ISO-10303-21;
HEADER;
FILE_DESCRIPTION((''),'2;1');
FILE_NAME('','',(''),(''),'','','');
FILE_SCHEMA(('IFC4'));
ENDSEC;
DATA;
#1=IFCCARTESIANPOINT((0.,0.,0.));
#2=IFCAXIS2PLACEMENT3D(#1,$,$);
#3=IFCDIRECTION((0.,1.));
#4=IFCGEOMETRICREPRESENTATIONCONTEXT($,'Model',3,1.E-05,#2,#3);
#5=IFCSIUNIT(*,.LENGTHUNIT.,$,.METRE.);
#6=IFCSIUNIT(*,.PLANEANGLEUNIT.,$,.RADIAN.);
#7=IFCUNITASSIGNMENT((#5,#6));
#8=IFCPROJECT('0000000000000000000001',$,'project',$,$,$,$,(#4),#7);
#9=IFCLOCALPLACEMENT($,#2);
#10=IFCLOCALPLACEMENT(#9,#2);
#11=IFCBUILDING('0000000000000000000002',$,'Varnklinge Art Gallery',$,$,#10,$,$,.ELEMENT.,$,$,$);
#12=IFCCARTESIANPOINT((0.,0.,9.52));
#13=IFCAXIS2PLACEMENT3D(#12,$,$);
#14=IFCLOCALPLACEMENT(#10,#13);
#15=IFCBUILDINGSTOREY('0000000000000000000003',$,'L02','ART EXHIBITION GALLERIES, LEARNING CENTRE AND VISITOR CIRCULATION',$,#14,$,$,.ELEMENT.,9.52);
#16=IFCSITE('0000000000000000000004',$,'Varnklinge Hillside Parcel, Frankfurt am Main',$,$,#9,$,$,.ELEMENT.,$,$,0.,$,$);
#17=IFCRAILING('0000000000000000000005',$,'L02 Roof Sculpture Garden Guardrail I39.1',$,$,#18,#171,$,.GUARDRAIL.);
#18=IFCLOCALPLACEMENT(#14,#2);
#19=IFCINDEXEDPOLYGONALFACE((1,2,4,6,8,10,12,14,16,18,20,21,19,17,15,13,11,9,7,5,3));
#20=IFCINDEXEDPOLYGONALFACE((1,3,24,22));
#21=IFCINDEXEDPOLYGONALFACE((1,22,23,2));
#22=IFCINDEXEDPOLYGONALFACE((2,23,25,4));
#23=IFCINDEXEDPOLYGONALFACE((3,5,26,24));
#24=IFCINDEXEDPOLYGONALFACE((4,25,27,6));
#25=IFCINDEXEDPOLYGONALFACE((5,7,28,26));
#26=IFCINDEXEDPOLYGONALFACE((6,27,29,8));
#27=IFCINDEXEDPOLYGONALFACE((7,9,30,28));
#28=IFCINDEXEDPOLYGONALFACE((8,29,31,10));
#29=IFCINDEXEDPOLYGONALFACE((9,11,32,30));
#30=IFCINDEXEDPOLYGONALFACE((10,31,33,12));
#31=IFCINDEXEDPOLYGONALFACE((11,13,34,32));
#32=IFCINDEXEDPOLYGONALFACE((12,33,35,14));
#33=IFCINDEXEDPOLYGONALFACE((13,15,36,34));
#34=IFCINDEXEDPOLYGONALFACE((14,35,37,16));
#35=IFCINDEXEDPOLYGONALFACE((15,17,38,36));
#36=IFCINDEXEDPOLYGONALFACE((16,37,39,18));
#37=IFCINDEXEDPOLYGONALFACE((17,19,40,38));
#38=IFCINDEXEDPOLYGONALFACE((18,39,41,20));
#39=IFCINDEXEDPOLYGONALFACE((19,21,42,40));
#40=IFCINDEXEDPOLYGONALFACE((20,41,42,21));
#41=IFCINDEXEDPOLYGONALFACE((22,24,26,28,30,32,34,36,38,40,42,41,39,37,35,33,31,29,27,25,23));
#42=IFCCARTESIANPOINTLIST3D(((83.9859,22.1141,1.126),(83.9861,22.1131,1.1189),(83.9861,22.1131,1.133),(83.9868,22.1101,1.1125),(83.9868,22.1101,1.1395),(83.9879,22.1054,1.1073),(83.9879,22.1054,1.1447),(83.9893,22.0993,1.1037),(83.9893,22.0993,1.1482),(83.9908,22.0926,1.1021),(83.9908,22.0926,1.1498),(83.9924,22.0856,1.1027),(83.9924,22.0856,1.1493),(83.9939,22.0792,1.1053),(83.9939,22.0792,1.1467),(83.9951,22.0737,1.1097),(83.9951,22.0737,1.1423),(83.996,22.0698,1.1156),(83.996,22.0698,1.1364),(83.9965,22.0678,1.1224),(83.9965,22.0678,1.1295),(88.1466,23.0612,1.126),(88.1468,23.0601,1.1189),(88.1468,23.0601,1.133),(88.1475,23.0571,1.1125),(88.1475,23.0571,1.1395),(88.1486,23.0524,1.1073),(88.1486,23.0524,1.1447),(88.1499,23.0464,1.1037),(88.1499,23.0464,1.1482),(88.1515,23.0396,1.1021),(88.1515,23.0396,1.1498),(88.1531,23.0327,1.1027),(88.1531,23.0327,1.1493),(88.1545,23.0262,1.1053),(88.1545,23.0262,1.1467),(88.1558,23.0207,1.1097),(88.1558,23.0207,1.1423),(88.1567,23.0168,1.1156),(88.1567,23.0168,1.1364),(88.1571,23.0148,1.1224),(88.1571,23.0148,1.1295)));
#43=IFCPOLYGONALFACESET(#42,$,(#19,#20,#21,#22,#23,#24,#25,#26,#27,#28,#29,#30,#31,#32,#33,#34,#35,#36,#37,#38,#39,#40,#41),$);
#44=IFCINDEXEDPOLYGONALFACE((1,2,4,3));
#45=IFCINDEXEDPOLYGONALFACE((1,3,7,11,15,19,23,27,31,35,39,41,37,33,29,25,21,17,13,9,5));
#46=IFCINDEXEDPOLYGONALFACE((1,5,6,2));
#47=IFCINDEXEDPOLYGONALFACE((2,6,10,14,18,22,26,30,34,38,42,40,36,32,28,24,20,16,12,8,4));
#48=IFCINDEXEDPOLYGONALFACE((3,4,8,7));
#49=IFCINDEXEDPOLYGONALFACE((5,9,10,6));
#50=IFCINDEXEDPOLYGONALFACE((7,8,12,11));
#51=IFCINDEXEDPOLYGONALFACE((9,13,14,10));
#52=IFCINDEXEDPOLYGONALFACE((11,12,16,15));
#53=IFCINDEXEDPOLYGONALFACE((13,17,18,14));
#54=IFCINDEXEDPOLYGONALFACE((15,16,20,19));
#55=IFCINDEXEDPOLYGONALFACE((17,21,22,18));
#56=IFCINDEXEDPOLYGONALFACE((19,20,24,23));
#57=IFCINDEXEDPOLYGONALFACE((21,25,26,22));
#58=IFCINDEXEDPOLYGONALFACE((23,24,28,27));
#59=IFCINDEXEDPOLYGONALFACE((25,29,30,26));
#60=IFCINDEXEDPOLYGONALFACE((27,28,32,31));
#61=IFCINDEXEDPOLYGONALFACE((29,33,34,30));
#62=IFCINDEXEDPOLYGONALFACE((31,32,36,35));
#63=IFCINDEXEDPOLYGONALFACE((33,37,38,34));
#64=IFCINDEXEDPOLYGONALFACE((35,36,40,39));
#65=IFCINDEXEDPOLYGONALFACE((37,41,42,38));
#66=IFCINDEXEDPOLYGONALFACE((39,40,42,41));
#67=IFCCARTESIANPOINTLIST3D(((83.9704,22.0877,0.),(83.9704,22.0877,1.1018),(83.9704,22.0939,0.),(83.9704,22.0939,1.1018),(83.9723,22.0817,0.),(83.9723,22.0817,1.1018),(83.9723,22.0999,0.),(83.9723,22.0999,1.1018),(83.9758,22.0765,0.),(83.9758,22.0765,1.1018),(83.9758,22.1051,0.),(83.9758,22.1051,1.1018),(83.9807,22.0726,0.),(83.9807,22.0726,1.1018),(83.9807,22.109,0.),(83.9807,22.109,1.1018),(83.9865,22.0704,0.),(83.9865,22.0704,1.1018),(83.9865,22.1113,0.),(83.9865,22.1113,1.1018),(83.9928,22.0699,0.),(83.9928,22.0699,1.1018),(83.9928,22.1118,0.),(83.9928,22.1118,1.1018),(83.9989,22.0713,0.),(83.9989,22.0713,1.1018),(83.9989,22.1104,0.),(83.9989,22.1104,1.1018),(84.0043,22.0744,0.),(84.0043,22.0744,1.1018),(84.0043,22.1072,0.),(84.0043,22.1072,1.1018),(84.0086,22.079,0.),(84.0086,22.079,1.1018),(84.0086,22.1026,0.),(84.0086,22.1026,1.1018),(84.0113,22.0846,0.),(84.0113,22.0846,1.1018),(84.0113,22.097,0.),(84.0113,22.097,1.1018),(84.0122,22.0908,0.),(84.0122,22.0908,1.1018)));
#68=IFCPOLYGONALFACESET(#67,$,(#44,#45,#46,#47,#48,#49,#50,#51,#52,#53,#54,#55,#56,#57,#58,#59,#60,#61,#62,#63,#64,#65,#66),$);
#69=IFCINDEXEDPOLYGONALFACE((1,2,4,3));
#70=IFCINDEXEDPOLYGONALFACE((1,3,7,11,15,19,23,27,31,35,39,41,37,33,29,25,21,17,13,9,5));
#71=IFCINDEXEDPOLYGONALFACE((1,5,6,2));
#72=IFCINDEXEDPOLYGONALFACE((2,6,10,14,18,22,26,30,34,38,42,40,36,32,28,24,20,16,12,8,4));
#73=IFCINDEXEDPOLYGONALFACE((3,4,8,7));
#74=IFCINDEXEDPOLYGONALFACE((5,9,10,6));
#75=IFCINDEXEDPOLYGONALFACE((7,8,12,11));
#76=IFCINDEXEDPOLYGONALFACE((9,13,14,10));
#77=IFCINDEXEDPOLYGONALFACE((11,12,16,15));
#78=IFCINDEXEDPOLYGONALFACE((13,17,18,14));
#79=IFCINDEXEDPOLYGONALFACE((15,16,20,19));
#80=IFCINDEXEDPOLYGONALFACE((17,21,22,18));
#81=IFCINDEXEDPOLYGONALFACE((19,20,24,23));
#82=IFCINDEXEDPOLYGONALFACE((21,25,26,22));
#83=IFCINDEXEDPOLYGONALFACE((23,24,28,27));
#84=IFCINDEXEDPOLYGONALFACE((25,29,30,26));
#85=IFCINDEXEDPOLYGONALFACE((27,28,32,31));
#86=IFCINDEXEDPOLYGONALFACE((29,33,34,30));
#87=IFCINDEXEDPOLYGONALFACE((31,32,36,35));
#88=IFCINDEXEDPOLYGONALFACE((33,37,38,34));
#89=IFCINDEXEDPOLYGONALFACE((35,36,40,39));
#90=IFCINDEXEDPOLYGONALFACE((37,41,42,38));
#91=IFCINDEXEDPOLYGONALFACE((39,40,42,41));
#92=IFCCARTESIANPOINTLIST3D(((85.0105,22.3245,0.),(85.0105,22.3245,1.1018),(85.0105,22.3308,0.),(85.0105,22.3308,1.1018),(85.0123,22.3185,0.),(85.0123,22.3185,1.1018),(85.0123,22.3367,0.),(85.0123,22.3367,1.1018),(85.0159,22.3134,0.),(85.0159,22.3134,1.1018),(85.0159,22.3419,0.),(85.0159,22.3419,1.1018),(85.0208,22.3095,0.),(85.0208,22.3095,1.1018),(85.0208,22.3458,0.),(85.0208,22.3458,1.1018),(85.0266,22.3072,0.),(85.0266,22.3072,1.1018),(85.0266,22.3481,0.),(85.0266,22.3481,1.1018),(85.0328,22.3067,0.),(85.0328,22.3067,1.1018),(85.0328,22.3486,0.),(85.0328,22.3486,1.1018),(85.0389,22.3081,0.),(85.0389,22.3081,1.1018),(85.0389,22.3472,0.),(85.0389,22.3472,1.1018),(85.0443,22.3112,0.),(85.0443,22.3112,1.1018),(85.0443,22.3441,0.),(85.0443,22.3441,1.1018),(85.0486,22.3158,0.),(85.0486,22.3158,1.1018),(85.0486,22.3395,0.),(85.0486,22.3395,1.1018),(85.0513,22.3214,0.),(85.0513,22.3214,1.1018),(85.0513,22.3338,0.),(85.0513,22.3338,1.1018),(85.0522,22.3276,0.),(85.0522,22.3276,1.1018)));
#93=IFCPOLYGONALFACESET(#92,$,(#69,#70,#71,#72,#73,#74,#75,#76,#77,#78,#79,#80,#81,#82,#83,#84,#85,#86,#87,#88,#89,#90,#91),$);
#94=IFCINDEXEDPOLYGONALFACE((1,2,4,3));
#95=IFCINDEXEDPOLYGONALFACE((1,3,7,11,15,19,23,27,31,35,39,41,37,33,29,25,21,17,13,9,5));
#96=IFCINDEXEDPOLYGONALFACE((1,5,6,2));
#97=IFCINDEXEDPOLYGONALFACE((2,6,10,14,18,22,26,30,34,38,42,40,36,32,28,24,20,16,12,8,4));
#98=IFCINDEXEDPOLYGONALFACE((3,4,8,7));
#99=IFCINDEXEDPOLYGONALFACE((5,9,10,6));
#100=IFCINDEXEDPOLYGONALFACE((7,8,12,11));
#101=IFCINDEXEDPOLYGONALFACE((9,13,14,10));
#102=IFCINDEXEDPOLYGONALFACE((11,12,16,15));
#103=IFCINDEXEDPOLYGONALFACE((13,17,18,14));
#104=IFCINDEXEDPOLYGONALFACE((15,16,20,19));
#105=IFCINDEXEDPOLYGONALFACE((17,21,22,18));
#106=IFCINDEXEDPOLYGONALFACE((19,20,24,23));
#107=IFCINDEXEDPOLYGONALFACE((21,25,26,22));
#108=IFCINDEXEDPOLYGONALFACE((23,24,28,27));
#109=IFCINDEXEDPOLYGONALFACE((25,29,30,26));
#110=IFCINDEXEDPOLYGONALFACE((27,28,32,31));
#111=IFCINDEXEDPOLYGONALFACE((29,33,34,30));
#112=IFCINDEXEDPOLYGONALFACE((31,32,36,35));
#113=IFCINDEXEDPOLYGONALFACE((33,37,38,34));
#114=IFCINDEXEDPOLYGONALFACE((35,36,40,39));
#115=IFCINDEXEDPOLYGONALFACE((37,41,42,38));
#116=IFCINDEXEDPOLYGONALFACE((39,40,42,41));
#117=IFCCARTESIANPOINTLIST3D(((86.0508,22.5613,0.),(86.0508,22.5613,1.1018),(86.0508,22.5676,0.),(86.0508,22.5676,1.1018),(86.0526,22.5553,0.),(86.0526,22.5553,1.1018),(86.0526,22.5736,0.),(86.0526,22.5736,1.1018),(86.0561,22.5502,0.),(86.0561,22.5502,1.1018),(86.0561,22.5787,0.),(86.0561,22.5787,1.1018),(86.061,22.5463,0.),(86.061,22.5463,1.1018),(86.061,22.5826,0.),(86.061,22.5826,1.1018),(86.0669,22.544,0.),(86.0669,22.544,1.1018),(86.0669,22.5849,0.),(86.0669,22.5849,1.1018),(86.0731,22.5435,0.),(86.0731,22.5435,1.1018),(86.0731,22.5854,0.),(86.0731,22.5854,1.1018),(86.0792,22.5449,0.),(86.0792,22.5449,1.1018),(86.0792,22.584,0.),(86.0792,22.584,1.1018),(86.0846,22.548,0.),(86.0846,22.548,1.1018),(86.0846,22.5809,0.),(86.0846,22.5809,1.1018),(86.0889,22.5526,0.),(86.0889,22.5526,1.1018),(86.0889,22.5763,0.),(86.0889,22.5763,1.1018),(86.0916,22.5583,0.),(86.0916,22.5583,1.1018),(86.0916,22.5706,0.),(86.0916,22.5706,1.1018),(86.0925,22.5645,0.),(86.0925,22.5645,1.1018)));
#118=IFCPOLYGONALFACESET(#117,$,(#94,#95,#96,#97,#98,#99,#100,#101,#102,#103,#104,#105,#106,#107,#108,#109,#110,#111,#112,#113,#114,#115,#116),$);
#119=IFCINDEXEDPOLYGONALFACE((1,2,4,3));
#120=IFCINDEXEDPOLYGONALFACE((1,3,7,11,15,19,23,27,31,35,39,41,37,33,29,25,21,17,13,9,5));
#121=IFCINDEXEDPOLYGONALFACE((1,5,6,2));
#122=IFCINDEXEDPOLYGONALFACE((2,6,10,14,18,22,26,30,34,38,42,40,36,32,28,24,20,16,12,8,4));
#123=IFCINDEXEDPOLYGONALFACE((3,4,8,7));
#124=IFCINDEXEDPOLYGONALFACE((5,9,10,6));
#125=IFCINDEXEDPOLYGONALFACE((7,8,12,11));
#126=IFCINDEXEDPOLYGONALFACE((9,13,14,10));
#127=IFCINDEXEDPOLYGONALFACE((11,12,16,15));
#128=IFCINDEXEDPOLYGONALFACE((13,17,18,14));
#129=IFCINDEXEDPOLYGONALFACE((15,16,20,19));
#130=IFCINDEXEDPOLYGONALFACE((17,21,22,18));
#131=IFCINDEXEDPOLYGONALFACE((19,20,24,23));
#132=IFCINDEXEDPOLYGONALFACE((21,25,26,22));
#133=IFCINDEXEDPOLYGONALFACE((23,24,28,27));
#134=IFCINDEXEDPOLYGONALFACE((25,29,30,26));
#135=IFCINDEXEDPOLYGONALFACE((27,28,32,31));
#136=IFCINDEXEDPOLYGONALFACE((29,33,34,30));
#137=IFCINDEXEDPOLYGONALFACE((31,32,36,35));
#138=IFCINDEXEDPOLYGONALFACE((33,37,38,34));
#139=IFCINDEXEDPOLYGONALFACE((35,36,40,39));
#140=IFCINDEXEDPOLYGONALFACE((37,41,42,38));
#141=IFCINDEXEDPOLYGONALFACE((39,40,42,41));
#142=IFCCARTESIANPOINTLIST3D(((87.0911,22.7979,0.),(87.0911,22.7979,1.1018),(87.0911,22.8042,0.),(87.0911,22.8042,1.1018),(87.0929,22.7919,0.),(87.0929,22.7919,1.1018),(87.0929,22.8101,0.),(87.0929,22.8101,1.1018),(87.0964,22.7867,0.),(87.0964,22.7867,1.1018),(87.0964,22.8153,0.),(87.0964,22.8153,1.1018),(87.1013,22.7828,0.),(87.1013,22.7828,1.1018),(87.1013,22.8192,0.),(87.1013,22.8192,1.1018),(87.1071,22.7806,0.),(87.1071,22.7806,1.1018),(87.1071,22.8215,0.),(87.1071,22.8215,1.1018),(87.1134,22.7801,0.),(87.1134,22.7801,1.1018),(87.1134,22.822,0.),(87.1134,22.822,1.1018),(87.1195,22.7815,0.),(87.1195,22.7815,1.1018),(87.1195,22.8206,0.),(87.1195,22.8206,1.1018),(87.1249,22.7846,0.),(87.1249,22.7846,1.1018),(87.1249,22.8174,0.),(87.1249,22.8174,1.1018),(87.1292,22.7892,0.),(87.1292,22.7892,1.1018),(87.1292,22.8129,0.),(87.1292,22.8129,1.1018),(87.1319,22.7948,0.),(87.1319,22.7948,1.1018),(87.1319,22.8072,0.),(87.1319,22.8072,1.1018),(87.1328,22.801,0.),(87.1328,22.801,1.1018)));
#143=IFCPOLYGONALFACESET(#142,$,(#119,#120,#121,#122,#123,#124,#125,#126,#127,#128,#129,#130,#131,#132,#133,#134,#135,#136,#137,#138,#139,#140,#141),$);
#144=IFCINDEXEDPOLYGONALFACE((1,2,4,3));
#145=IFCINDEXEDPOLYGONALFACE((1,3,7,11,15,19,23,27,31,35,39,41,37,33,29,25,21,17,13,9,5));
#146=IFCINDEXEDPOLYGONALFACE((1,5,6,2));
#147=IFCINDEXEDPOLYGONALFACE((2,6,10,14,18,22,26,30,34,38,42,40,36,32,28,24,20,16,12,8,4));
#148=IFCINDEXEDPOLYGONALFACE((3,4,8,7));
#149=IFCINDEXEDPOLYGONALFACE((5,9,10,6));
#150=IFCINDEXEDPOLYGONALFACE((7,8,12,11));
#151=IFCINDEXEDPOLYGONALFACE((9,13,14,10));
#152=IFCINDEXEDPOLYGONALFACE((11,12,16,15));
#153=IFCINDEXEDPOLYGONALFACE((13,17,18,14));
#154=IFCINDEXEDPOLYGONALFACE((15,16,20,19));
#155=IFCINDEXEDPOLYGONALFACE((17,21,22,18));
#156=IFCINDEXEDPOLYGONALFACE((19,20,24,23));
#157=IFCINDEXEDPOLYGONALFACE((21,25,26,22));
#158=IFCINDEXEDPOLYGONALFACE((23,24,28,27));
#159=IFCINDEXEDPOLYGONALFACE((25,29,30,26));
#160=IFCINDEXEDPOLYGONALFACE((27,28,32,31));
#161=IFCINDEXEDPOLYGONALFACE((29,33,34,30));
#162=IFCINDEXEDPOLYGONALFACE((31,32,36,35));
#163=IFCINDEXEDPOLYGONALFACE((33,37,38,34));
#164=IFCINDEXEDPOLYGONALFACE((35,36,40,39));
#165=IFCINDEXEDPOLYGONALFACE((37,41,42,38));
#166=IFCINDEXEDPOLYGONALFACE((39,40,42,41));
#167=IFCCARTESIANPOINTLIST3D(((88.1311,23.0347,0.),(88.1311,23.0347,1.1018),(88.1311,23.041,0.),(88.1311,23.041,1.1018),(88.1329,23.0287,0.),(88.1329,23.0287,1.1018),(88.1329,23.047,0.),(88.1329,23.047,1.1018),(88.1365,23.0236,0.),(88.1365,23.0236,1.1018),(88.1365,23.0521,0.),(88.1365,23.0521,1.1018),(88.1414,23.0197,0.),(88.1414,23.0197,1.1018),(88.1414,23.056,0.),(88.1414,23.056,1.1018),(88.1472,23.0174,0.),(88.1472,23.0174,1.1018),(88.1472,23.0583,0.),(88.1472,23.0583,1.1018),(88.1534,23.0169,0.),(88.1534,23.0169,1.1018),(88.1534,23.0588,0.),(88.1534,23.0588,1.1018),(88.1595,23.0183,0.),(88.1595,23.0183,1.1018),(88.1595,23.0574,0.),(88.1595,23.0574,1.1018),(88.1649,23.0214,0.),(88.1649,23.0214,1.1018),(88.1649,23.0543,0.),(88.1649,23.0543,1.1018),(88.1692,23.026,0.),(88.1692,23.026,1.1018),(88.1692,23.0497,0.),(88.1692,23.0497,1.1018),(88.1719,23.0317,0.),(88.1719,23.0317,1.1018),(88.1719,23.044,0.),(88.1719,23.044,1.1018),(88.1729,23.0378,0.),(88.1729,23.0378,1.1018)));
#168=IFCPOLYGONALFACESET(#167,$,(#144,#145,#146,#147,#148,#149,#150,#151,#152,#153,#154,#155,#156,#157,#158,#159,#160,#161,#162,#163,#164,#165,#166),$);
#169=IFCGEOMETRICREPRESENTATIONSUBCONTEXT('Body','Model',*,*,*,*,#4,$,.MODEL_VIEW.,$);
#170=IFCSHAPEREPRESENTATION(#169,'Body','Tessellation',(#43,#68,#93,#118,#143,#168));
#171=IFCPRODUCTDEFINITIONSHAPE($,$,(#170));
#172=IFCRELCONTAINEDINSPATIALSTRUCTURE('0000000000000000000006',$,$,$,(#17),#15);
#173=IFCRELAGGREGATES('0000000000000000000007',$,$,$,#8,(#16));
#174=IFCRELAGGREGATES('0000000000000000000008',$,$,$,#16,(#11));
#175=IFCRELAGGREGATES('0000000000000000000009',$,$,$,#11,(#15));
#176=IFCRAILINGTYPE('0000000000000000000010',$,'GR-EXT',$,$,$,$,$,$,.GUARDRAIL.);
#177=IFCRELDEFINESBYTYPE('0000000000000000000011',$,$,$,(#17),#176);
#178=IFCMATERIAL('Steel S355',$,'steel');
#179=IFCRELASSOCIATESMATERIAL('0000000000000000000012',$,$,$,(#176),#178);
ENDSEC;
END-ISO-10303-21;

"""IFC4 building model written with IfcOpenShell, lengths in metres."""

from ifc_helpers import new_model, si_unit, direction, frame, origin, origin_2d, place, context, subcontext, project, spatial, circle, extrude, material, type_object, element, save


model = new_model("IFC4")

# Units and contexts
model_context = context("Model", 3, precision=1e-05, world=origin(), true_north=direction((0.0, 1.0)))
body_context = subcontext(model_context, "Body", "Model", "MODEL_VIEW")
ifc_project = project(units=[si_unit("LENGTHUNIT", "METRE"), si_unit("PLANEANGLEUNIT", "RADIAN")], contexts=[model_context])

# Site, building, storey
site_placement = place(None, origin())
site = spatial("IfcSite", under=ifc_project, at=site_placement, Name="Varnklinge Hillside Parcel, Frankfurt am Main", CompositionType="ELEMENT", RefElevation=0.0)
building_placement = place(site_placement, origin())
building = spatial("IfcBuilding", under=site, at=building_placement, Name="Varnklinge Art Gallery", CompositionType="ELEMENT")
storey_placement = place(building_placement, frame((0.0, 0.0, 9.52)))
storey = spatial("IfcBuildingStorey", under=building, at=storey_placement, Name="L02", Description="ART EXHIBITION GALLERIES, LEARNING CENTRE AND VISITOR CIRCULATION", CompositionType="ELEMENT", Elevation=9.52)

# Railing
ifc_material_1 = material(Name="Steel S355", Category="steel")
railing_type = type_object("IfcRailingType", Name="GR-EXT", PredefinedType="GUARDRAIL", material=ifc_material_1)
railing_1_placement = place(storey_placement, frame((83.9912, 22.0908, 0.0)))
element("IfcRailing", 1, at=railing_1_placement, inside=storey, type_object=railing_type, Name="L02 Roof Sculpture Garden Guardrail I39.1", PredefinedType="GUARDRAIL", context=body_context, shape_type="SweptSolid", body=[
    extrude(circle(Radius=0.0239, at=origin_2d()), frame((0.0, 0.0, 1.126), z_axis=(0.975061, 0.221938, 0.0), x_axis=(-0.221938, 0.975061, 0.0)), (0.0, 0.0, 1.0), 4.2671),
    extrude(circle(Radius=0.021, at=origin_2d()), origin(), (0.0, 0.0, 1.0), 1.1018),
    extrude(circle(Radius=0.021, at=origin_2d()), frame((1.04, 0.2368, 0.0)), (0.0, 0.0, 1.0), 1.1018),
    extrude(circle(Radius=0.021, at=origin_2d()), frame((2.0803, 0.4736, 0.0)), (0.0, 0.0, 1.0), 1.1018),
    extrude(circle(Radius=0.021, at=origin_2d()), frame((3.1206, 0.7102, 0.0)), (0.0, 0.0, 1.0), 1.1018),
    extrude(circle(Radius=0.021, at=origin_2d()), frame((4.1606, 0.947, 0.0)), (0.0, 0.0, 1.0), 1.1018),
])

save(model, "model.ifc")
